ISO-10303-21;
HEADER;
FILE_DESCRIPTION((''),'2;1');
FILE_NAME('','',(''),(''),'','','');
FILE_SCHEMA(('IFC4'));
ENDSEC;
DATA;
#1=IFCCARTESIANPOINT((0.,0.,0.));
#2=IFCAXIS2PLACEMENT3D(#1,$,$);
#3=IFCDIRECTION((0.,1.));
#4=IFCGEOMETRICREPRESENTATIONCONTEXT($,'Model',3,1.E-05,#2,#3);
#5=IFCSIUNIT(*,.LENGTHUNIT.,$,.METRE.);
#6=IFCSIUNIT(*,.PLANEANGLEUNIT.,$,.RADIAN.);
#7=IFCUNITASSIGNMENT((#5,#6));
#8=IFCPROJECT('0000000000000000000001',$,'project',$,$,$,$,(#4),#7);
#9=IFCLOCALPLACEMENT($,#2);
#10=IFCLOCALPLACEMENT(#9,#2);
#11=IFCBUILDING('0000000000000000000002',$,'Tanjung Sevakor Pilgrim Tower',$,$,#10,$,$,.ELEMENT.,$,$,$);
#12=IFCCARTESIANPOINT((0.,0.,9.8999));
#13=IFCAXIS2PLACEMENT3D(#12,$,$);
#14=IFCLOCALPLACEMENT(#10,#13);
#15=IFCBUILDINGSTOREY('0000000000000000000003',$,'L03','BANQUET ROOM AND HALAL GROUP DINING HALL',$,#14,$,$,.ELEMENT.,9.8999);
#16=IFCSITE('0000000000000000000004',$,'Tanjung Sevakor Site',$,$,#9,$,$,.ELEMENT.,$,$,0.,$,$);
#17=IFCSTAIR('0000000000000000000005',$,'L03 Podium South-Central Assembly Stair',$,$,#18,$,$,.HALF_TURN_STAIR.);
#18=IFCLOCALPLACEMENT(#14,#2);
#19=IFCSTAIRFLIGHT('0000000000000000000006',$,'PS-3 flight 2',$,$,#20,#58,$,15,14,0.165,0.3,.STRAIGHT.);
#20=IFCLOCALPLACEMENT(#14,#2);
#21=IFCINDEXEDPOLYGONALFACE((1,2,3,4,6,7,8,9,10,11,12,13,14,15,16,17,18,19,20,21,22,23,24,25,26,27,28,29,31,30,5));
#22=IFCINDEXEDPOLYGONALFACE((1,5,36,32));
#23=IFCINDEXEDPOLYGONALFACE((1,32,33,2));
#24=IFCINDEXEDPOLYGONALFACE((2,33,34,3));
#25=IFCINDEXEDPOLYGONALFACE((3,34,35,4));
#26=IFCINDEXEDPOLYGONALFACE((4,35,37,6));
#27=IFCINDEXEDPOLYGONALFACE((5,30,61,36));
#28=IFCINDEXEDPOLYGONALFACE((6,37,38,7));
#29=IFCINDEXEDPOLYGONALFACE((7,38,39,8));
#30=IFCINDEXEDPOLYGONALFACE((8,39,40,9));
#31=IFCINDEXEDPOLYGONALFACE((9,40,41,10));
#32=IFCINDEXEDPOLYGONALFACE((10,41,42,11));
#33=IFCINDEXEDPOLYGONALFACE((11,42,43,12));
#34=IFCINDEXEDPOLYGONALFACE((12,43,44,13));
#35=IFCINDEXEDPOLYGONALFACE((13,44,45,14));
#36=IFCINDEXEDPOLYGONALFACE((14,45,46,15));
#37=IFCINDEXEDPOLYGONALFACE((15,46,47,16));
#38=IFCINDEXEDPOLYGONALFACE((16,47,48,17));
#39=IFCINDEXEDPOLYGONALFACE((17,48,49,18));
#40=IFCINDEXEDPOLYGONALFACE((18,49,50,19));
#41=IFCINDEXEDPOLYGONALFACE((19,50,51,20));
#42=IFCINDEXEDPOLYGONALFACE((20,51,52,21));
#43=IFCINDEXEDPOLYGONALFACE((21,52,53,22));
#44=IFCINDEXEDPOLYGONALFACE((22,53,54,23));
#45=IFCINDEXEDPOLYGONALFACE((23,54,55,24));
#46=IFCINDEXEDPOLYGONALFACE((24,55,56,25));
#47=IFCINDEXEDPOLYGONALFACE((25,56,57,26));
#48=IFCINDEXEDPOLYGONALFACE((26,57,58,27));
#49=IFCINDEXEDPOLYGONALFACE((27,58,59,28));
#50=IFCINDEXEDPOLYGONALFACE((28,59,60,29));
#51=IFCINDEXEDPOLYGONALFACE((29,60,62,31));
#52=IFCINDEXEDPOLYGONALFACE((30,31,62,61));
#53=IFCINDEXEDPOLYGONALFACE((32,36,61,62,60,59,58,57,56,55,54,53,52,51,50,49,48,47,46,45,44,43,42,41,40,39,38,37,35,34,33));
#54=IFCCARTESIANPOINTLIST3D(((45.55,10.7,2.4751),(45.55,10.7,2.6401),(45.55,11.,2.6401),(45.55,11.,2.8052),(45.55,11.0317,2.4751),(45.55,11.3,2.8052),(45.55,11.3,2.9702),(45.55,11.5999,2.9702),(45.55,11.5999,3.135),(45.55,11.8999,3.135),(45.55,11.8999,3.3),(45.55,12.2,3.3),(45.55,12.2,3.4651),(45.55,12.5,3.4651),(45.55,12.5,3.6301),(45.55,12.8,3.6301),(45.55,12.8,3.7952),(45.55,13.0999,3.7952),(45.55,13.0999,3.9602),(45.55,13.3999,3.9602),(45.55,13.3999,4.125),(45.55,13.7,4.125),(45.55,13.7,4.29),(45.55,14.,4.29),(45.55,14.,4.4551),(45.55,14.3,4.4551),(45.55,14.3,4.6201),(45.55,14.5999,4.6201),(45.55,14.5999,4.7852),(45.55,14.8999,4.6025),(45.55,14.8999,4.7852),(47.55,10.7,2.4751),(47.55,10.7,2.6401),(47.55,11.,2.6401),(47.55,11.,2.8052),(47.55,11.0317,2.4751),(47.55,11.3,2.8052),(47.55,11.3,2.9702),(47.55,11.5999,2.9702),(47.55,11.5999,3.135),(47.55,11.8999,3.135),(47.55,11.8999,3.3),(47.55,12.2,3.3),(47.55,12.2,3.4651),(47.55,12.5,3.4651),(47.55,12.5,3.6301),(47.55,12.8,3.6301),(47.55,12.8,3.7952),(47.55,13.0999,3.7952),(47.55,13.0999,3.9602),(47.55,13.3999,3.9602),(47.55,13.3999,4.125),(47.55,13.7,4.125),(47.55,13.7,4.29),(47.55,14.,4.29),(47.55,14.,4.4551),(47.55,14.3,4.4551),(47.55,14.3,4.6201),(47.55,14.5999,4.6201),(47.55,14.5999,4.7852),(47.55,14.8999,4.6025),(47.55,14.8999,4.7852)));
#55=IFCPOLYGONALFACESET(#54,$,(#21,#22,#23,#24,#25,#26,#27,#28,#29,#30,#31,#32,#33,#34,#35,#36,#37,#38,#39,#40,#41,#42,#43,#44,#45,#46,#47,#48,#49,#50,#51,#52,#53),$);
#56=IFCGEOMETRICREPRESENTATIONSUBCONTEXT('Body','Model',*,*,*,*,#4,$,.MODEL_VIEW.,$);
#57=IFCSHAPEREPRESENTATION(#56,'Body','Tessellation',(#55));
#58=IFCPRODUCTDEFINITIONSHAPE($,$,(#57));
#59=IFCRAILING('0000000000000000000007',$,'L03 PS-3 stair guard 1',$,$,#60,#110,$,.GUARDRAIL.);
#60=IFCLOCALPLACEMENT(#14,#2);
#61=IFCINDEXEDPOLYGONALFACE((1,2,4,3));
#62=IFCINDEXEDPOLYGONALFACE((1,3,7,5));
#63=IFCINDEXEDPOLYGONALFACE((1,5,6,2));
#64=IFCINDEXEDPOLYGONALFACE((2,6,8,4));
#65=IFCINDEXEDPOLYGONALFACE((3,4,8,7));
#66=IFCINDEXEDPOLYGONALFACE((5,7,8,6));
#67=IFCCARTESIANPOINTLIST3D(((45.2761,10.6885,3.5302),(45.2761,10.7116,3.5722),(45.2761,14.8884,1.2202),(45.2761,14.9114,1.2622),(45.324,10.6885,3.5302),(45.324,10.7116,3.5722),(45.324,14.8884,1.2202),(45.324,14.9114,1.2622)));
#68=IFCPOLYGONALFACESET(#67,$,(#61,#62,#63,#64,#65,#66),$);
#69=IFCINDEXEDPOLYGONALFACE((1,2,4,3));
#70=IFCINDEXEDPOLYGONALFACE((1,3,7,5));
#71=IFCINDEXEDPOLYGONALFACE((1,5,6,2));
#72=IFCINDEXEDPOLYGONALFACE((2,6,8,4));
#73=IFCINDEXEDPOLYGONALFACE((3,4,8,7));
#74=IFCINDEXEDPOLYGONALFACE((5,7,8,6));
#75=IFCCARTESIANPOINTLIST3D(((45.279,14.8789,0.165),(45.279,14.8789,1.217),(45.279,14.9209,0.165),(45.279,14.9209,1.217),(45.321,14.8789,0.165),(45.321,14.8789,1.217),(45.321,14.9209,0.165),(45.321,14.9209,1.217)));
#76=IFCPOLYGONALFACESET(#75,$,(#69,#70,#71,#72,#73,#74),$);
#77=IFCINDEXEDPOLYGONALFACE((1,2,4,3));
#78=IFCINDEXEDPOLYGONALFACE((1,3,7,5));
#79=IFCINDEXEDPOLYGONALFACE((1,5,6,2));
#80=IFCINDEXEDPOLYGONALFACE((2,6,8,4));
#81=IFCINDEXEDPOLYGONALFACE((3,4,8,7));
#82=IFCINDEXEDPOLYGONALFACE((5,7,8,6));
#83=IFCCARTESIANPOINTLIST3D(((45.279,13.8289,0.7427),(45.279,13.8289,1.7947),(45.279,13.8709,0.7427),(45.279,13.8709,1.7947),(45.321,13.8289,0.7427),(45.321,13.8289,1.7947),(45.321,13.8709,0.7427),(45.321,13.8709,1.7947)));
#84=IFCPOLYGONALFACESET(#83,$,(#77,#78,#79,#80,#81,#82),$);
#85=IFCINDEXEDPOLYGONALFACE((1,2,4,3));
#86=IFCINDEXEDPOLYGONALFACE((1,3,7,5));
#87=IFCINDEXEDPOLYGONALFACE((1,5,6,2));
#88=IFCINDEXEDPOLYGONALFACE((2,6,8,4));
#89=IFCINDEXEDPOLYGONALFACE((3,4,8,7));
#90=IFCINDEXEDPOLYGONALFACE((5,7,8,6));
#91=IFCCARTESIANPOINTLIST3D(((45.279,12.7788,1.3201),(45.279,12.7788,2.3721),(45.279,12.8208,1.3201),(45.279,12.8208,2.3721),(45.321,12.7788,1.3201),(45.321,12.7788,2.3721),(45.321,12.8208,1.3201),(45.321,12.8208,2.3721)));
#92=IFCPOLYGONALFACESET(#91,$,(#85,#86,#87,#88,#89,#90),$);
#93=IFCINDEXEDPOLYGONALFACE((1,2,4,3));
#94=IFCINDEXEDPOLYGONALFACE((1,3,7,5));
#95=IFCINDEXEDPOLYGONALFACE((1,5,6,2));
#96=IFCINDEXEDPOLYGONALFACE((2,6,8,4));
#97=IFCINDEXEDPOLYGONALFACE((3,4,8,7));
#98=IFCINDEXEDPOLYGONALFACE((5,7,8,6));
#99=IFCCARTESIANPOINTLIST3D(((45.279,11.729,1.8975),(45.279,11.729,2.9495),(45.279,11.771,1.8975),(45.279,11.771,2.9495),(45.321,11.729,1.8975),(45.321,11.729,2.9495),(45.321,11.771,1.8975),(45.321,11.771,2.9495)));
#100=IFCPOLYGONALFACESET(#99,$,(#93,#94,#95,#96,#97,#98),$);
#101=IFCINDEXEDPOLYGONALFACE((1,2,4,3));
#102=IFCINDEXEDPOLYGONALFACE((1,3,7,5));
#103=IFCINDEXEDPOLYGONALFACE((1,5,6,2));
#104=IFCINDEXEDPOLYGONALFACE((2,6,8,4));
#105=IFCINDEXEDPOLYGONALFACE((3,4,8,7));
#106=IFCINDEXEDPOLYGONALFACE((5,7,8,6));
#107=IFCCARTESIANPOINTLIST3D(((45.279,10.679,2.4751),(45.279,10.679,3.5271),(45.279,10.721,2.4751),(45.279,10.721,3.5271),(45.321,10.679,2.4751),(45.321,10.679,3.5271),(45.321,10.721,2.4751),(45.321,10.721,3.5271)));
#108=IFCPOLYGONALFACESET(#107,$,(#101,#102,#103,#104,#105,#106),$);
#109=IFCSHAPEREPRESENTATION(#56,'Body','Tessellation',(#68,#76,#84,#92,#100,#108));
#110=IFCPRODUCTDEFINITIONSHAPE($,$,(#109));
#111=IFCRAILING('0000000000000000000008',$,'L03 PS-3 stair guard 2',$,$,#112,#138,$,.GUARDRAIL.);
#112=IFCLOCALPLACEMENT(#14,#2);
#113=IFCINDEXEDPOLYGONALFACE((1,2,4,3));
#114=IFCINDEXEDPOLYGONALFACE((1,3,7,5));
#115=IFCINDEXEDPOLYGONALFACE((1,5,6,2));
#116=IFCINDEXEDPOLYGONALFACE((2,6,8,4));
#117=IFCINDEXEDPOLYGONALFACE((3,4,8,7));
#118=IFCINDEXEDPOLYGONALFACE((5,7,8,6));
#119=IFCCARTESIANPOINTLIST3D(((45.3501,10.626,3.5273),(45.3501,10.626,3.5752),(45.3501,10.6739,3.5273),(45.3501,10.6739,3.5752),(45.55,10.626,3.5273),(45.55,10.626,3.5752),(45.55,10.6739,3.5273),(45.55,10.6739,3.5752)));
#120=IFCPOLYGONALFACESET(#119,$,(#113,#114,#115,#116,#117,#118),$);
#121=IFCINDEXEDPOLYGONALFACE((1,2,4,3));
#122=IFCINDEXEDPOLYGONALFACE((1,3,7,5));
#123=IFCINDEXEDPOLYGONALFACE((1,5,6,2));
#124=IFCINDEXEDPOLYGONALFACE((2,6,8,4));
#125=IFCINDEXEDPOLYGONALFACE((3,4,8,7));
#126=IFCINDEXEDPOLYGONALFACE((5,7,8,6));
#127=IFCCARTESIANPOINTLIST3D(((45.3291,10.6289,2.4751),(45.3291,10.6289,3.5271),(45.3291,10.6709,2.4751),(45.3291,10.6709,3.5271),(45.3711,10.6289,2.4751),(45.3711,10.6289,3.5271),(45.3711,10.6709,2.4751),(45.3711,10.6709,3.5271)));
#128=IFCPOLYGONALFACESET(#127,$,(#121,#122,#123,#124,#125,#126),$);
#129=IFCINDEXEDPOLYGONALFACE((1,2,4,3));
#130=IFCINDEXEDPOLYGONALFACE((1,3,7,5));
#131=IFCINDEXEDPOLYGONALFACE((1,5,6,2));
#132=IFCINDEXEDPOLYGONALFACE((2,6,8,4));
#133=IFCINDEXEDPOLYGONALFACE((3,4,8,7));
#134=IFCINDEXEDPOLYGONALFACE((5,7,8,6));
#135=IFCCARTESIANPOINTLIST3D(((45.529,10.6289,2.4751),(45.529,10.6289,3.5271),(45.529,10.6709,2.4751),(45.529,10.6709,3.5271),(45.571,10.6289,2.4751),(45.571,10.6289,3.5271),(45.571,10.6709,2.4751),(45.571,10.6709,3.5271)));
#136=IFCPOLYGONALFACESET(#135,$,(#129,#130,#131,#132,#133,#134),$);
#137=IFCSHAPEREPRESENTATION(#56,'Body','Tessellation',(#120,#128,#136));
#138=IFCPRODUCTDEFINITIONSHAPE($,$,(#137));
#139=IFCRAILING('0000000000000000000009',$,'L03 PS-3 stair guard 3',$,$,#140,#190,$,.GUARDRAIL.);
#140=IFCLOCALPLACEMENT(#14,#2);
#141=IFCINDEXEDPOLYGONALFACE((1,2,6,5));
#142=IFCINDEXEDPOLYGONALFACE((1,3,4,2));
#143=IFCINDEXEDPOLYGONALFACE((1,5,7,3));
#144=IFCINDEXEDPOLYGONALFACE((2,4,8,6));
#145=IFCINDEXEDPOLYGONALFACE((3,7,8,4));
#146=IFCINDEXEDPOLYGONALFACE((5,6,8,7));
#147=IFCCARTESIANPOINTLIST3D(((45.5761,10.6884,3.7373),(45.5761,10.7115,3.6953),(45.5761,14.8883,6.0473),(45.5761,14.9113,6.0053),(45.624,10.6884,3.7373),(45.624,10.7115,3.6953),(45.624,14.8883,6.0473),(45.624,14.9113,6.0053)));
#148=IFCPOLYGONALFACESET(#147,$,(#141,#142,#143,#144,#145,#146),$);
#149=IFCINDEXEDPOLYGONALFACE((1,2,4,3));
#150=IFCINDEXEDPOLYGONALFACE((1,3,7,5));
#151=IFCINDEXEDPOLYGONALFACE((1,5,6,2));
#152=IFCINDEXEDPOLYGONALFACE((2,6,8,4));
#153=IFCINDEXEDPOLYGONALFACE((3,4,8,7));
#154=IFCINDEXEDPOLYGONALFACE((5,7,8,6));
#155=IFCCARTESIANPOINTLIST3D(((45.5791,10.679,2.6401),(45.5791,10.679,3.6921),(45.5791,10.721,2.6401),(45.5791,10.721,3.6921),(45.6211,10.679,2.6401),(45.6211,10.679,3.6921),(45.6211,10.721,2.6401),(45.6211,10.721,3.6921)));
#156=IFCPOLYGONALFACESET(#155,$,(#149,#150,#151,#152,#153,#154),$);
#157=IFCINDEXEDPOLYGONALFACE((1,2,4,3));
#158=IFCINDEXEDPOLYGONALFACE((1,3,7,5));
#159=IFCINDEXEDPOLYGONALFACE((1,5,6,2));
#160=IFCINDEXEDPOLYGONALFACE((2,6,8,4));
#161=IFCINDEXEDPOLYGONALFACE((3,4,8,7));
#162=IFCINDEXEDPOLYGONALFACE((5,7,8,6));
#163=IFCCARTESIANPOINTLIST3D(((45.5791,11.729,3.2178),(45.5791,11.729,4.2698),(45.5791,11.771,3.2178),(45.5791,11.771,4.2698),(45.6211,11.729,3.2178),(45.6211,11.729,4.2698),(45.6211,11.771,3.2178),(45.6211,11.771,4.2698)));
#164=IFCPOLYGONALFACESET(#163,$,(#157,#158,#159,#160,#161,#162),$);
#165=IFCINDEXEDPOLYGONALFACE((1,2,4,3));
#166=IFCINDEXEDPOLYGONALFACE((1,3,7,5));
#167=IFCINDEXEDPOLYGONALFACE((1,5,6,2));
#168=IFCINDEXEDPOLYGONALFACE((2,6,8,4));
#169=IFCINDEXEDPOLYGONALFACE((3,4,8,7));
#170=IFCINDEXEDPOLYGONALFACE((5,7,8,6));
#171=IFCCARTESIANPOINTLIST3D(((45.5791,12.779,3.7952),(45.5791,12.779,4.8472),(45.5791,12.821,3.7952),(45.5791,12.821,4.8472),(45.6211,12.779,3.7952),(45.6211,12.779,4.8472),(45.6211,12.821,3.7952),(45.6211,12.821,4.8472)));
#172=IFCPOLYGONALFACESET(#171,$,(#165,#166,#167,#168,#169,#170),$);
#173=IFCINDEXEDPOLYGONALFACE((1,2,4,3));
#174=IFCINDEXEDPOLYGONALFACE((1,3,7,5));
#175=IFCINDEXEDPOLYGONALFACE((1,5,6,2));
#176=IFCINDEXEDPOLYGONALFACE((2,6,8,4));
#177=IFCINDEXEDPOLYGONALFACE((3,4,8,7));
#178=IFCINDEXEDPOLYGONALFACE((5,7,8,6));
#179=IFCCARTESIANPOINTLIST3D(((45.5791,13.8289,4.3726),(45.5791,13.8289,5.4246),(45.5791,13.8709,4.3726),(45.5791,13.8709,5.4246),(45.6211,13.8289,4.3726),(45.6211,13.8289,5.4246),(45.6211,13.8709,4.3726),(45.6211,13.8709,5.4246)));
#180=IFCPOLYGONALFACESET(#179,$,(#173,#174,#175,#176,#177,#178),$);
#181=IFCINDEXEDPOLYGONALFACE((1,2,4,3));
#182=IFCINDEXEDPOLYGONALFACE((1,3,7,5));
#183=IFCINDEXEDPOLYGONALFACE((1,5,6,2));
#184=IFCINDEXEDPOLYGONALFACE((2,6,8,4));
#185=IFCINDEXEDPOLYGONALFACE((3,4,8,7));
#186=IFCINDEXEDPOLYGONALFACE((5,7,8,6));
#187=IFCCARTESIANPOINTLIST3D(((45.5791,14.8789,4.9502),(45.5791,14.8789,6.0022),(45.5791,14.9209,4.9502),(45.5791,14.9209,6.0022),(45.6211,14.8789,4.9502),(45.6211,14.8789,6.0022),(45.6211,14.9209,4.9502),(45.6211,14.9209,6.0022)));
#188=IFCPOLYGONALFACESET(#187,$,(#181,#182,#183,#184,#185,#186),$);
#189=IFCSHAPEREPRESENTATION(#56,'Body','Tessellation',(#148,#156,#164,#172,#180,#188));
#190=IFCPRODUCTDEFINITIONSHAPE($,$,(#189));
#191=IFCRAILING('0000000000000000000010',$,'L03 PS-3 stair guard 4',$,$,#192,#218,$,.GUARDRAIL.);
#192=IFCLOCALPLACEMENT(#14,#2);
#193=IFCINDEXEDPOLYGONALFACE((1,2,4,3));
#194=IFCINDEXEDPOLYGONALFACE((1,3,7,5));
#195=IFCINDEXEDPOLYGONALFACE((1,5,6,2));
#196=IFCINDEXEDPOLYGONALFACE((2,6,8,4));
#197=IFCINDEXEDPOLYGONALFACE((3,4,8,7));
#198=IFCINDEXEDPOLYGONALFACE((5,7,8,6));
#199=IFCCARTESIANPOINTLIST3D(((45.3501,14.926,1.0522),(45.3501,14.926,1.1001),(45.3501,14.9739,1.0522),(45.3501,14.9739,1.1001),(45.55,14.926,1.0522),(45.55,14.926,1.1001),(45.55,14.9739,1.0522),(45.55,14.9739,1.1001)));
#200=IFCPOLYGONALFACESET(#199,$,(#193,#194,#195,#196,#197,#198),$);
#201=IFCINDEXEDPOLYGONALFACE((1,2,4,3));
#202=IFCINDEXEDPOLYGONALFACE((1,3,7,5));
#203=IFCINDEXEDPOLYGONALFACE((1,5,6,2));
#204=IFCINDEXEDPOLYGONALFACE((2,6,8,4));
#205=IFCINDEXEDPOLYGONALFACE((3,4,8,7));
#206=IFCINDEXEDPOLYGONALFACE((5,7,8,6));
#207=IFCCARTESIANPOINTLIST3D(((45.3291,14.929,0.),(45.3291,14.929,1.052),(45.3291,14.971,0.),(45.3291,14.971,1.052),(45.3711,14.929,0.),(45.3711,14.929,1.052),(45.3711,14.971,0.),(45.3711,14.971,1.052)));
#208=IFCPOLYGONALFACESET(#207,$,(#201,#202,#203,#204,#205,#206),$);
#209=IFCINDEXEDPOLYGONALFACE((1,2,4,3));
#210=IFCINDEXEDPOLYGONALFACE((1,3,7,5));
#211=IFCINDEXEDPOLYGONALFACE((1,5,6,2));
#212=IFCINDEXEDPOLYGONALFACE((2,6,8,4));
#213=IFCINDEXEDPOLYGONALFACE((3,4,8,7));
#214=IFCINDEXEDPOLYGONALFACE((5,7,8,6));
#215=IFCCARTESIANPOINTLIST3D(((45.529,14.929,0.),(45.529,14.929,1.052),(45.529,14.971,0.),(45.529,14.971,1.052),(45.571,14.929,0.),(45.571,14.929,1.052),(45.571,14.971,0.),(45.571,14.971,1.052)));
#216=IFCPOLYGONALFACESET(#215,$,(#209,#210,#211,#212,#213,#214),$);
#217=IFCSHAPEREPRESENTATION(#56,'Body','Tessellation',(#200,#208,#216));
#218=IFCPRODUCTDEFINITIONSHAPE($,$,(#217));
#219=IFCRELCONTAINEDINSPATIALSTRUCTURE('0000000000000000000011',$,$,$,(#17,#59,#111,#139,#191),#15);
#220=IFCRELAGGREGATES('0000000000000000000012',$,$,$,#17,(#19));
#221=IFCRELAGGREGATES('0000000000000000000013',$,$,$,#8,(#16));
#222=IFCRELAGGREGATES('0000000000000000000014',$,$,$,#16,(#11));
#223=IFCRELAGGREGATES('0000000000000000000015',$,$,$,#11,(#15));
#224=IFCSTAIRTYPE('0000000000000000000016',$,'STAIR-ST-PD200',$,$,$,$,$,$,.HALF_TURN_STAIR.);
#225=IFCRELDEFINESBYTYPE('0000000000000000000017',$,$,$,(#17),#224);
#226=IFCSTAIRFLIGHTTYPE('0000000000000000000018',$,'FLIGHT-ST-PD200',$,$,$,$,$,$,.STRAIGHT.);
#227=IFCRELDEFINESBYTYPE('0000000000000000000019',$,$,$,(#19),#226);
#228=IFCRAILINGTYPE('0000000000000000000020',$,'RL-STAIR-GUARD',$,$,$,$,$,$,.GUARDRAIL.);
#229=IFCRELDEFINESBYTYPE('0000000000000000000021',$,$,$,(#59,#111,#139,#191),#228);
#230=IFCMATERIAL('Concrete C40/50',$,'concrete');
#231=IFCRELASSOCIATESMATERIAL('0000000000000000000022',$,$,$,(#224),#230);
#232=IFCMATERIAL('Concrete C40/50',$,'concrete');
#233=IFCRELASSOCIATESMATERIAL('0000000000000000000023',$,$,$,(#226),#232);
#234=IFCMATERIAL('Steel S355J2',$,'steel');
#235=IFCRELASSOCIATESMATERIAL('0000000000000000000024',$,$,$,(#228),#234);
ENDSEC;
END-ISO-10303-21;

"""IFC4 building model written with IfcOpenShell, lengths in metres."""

from ifc_helpers import new_model, si_unit, direction, frame, origin, place, context, subcontext, project, spatial, polyline, rectangle, outline, extrude, material, type_object, element, aggregate, save


model = new_model("IFC4")

# Units and contexts
model_context = context("Model", 3, precision=1e-05, world=origin(), true_north=direction((0.0, 1.0)))
body_context = subcontext(model_context, "Body", "Model", "MODEL_VIEW")
ifc_project = project(units=[si_unit("LENGTHUNIT", "METRE"), si_unit("PLANEANGLEUNIT", "RADIAN")], contexts=[model_context])

# Site, building, storey
site_placement = place(None, origin())
site = spatial("IfcSite", under=ifc_project, at=site_placement, Name="Tanjung Sevakor Site", CompositionType="ELEMENT", RefElevation=0.0)
building_placement = place(site_placement, origin())
building = spatial("IfcBuilding", under=site, at=building_placement, Name="Tanjung Sevakor Pilgrim Tower", CompositionType="ELEMENT")
storey_placement = place(building_placement, frame((0.0, 0.0, 9.8999)))
storey = spatial("IfcBuildingStorey", under=building, at=storey_placement, Name="L03", Description="BANQUET ROOM AND HALAL GROUP DINING HALL", CompositionType="ELEMENT", Elevation=9.8999)

# Stair, stair flight
ifc_material_1 = material(Name="Concrete C40/50", Category="concrete")
stair_type = type_object("IfcStairType", Name="STAIR-ST-PD200", PredefinedType="HALF_TURN_STAIR", material=ifc_material_1)
stair_placement = place(storey_placement, origin())
stair = element("IfcStair", 1, at=stair_placement, inside=storey, type_object=stair_type, Name="L03 Podium South-Central Assembly Stair", PredefinedType="HALF_TURN_STAIR")
ifc_material_2 = material(Name="Concrete C40/50", Category="concrete")
stair_flight_type = type_object("IfcStairFlightType", Name="FLIGHT-ST-PD200", PredefinedType="STRAIGHT", material=ifc_material_2)
stair_flight_1_placement = place(storey_placement, frame((46.55, 10.7, 2.4751), z_axis=(0.0, 0.0, 1.0), x_axis=(0.0, 1.0, 0.0)))
stair_flight_1 = element("IfcStairFlight", 2, at=stair_flight_1_placement, type_object=stair_flight_type, Name="PS-3 flight 2", NumberOfRisers=15, NumberOfTreads=14, PredefinedType="STRAIGHT", RiserHeight=0.165, TreadLength=0.3, context=body_context, shape_type="SweptSolid", body=[
    extrude(outline(polyline([(0.0, 0.0), (0.0, 0.165), (0.3, 0.165), (0.3, 0.3301), (0.6001, 0.3301), (0.6001, 0.4951), (0.8999, 0.4951), (0.8999, 0.6599), (1.2, 0.6599), (1.2, 0.825), (1.5, 0.825), (1.5, 0.99), (1.8, 0.99), (1.8, 1.155), (2.1001, 1.155), (2.1001, 1.3201), (2.3999, 1.3201), (2.3999, 1.4851), (2.7, 1.4851), (2.7, 1.6499), (3.0, 1.6499), (3.0, 1.8149), (3.3, 1.8149), (3.3, 1.98), (3.6001, 1.98), (3.6001, 2.145), (3.8999, 2.145), (3.8999, 2.3101), (4.2, 2.3101), (4.2, 2.4751), (4.2, 2.1274), (0.3318, 0.0), (0.0, 0.0)])), frame((0.0, 1.0, 0.0), z_axis=(0.0, -1.0, 0.0), x_axis=(1.0, 0.0, 0.0)), (0.0, 0.0, 1.0), 2.0),
])
aggregate(stair, [stair_flight_1])

# Railings
ifc_material_3 = material(Name="Steel S355J2", Category="steel")
railing_type_1 = type_object("IfcRailingType", Name="RL-STAIR-GUARD", PredefinedType="GUARDRAIL", material=ifc_material_3)
railing_1_placement = place(storey_placement, frame((45.3, 14.8999, 0.165)))
element("IfcRailing", 3, at=railing_1_placement, inside=storey, type_object=railing_type_1, Name="L03 PS-3 stair guard 1", PredefinedType="GUARDRAIL", context=body_context, shape_type="SweptSolid", body=[
    extrude(rectangle(XDim=0.0479, YDim=0.0479), frame((0.0, 0.0, 1.0762), z_axis=(0.0, -0.876208, 0.481932), x_axis=(1.0, 0.0, 0.0)), (0.0, 0.0, 1.0), 4.7932),
    extrude(rectangle(XDim=0.042, YDim=0.042), origin(), (0.0, 0.0, 1.0), 1.052),
    extrude(rectangle(XDim=0.042, YDim=0.042), frame((0.0, -1.05, 0.5776)), (0.0, 0.0, 1.0), 1.052),
    extrude(rectangle(XDim=0.042, YDim=0.042), frame((0.0, -2.1001, 1.155)), (0.0, 0.0, 1.0), 1.052),
    extrude(rectangle(XDim=0.042, YDim=0.042), frame((0.0, -3.1499, 1.7324)), (0.0, 0.0, 1.0), 1.052),
    extrude(rectangle(XDim=0.042, YDim=0.042), frame((0.0, -4.2, 2.3101)), (0.0, 0.0, 1.0), 1.052),
])
railing_2_placement = place(storey_placement, frame((45.3501, 10.6499, 2.4751)))
element("IfcRailing", 4, at=railing_2_placement, inside=storey, type_object=railing_type_1, Name="L03 PS-3 stair guard 2", PredefinedType="GUARDRAIL", context=body_context, shape_type="SweptSolid", body=[
    extrude(rectangle(XDim=0.0479, YDim=0.0479), frame((0.0, 0.0, 1.0762), z_axis=(1.0, 0.0, 0.0), x_axis=(0.0, 1.0, 0.0)), (0.0, 0.0, 1.0), 0.2),
    extrude(rectangle(XDim=0.042, YDim=0.042), origin(), (0.0, 0.0, 1.0), 1.052),
    extrude(rectangle(XDim=0.042, YDim=0.042), frame((0.2, 0.0, 0.0)), (0.0, 0.0, 1.0), 1.052),
])
railing_3_placement = place(storey_placement, frame((45.6001, 10.7, 2.6401)))
element("IfcRailing", 5, at=railing_3_placement, inside=storey, type_object=railing_type_1, Name="L03 PS-3 stair guard 3", PredefinedType="GUARDRAIL", context=body_context, shape_type="SweptSolid", body=[
    extrude(rectangle(XDim=0.0479, YDim=0.0479), frame((0.0, 0.0, 1.0762), z_axis=(0.0, 0.876208, 0.481932), x_axis=(-1.0, 0.0, 0.0)), (0.0, 0.0, 1.0), 4.7932),
    extrude(rectangle(XDim=0.042, YDim=0.042), origin(), (0.0, 0.0, 1.0), 1.052),
    extrude(rectangle(XDim=0.042, YDim=0.042), frame((0.0, 1.05, 0.5776)), (0.0, 0.0, 1.0), 1.052),
    extrude(rectangle(XDim=0.042, YDim=0.042), frame((0.0, 2.1001, 1.155)), (0.0, 0.0, 1.0), 1.052),
    extrude(rectangle(XDim=0.042, YDim=0.042), frame((0.0, 3.1499, 1.7324)), (0.0, 0.0, 1.0), 1.052),
    extrude(rectangle(XDim=0.042, YDim=0.042), frame((0.0, 4.2, 2.3101)), (0.0, 0.0, 1.0), 1.052),
])
railing_4_placement = place(storey_placement, frame((45.3501, 14.95, 0.0)))
element("IfcRailing", 6, at=railing_4_placement, inside=storey, type_object=railing_type_1, Name="L03 PS-3 stair guard 4", PredefinedType="GUARDRAIL", context=body_context, shape_type="SweptSolid", body=[
    extrude(rectangle(XDim=0.0479, YDim=0.0479), frame((0.0, 0.0, 1.0762), z_axis=(1.0, 0.0, 0.0), x_axis=(0.0, 1.0, 0.0)), (0.0, 0.0, 1.0), 0.2),
    extrude(rectangle(XDim=0.042, YDim=0.042), origin(), (0.0, 0.0, 1.0), 1.052),
    extrude(rectangle(XDim=0.042, YDim=0.042), frame((0.2, 0.0, 0.0)), (0.0, 0.0, 1.0), 1.052),
])

save(model, "model.ifc")
